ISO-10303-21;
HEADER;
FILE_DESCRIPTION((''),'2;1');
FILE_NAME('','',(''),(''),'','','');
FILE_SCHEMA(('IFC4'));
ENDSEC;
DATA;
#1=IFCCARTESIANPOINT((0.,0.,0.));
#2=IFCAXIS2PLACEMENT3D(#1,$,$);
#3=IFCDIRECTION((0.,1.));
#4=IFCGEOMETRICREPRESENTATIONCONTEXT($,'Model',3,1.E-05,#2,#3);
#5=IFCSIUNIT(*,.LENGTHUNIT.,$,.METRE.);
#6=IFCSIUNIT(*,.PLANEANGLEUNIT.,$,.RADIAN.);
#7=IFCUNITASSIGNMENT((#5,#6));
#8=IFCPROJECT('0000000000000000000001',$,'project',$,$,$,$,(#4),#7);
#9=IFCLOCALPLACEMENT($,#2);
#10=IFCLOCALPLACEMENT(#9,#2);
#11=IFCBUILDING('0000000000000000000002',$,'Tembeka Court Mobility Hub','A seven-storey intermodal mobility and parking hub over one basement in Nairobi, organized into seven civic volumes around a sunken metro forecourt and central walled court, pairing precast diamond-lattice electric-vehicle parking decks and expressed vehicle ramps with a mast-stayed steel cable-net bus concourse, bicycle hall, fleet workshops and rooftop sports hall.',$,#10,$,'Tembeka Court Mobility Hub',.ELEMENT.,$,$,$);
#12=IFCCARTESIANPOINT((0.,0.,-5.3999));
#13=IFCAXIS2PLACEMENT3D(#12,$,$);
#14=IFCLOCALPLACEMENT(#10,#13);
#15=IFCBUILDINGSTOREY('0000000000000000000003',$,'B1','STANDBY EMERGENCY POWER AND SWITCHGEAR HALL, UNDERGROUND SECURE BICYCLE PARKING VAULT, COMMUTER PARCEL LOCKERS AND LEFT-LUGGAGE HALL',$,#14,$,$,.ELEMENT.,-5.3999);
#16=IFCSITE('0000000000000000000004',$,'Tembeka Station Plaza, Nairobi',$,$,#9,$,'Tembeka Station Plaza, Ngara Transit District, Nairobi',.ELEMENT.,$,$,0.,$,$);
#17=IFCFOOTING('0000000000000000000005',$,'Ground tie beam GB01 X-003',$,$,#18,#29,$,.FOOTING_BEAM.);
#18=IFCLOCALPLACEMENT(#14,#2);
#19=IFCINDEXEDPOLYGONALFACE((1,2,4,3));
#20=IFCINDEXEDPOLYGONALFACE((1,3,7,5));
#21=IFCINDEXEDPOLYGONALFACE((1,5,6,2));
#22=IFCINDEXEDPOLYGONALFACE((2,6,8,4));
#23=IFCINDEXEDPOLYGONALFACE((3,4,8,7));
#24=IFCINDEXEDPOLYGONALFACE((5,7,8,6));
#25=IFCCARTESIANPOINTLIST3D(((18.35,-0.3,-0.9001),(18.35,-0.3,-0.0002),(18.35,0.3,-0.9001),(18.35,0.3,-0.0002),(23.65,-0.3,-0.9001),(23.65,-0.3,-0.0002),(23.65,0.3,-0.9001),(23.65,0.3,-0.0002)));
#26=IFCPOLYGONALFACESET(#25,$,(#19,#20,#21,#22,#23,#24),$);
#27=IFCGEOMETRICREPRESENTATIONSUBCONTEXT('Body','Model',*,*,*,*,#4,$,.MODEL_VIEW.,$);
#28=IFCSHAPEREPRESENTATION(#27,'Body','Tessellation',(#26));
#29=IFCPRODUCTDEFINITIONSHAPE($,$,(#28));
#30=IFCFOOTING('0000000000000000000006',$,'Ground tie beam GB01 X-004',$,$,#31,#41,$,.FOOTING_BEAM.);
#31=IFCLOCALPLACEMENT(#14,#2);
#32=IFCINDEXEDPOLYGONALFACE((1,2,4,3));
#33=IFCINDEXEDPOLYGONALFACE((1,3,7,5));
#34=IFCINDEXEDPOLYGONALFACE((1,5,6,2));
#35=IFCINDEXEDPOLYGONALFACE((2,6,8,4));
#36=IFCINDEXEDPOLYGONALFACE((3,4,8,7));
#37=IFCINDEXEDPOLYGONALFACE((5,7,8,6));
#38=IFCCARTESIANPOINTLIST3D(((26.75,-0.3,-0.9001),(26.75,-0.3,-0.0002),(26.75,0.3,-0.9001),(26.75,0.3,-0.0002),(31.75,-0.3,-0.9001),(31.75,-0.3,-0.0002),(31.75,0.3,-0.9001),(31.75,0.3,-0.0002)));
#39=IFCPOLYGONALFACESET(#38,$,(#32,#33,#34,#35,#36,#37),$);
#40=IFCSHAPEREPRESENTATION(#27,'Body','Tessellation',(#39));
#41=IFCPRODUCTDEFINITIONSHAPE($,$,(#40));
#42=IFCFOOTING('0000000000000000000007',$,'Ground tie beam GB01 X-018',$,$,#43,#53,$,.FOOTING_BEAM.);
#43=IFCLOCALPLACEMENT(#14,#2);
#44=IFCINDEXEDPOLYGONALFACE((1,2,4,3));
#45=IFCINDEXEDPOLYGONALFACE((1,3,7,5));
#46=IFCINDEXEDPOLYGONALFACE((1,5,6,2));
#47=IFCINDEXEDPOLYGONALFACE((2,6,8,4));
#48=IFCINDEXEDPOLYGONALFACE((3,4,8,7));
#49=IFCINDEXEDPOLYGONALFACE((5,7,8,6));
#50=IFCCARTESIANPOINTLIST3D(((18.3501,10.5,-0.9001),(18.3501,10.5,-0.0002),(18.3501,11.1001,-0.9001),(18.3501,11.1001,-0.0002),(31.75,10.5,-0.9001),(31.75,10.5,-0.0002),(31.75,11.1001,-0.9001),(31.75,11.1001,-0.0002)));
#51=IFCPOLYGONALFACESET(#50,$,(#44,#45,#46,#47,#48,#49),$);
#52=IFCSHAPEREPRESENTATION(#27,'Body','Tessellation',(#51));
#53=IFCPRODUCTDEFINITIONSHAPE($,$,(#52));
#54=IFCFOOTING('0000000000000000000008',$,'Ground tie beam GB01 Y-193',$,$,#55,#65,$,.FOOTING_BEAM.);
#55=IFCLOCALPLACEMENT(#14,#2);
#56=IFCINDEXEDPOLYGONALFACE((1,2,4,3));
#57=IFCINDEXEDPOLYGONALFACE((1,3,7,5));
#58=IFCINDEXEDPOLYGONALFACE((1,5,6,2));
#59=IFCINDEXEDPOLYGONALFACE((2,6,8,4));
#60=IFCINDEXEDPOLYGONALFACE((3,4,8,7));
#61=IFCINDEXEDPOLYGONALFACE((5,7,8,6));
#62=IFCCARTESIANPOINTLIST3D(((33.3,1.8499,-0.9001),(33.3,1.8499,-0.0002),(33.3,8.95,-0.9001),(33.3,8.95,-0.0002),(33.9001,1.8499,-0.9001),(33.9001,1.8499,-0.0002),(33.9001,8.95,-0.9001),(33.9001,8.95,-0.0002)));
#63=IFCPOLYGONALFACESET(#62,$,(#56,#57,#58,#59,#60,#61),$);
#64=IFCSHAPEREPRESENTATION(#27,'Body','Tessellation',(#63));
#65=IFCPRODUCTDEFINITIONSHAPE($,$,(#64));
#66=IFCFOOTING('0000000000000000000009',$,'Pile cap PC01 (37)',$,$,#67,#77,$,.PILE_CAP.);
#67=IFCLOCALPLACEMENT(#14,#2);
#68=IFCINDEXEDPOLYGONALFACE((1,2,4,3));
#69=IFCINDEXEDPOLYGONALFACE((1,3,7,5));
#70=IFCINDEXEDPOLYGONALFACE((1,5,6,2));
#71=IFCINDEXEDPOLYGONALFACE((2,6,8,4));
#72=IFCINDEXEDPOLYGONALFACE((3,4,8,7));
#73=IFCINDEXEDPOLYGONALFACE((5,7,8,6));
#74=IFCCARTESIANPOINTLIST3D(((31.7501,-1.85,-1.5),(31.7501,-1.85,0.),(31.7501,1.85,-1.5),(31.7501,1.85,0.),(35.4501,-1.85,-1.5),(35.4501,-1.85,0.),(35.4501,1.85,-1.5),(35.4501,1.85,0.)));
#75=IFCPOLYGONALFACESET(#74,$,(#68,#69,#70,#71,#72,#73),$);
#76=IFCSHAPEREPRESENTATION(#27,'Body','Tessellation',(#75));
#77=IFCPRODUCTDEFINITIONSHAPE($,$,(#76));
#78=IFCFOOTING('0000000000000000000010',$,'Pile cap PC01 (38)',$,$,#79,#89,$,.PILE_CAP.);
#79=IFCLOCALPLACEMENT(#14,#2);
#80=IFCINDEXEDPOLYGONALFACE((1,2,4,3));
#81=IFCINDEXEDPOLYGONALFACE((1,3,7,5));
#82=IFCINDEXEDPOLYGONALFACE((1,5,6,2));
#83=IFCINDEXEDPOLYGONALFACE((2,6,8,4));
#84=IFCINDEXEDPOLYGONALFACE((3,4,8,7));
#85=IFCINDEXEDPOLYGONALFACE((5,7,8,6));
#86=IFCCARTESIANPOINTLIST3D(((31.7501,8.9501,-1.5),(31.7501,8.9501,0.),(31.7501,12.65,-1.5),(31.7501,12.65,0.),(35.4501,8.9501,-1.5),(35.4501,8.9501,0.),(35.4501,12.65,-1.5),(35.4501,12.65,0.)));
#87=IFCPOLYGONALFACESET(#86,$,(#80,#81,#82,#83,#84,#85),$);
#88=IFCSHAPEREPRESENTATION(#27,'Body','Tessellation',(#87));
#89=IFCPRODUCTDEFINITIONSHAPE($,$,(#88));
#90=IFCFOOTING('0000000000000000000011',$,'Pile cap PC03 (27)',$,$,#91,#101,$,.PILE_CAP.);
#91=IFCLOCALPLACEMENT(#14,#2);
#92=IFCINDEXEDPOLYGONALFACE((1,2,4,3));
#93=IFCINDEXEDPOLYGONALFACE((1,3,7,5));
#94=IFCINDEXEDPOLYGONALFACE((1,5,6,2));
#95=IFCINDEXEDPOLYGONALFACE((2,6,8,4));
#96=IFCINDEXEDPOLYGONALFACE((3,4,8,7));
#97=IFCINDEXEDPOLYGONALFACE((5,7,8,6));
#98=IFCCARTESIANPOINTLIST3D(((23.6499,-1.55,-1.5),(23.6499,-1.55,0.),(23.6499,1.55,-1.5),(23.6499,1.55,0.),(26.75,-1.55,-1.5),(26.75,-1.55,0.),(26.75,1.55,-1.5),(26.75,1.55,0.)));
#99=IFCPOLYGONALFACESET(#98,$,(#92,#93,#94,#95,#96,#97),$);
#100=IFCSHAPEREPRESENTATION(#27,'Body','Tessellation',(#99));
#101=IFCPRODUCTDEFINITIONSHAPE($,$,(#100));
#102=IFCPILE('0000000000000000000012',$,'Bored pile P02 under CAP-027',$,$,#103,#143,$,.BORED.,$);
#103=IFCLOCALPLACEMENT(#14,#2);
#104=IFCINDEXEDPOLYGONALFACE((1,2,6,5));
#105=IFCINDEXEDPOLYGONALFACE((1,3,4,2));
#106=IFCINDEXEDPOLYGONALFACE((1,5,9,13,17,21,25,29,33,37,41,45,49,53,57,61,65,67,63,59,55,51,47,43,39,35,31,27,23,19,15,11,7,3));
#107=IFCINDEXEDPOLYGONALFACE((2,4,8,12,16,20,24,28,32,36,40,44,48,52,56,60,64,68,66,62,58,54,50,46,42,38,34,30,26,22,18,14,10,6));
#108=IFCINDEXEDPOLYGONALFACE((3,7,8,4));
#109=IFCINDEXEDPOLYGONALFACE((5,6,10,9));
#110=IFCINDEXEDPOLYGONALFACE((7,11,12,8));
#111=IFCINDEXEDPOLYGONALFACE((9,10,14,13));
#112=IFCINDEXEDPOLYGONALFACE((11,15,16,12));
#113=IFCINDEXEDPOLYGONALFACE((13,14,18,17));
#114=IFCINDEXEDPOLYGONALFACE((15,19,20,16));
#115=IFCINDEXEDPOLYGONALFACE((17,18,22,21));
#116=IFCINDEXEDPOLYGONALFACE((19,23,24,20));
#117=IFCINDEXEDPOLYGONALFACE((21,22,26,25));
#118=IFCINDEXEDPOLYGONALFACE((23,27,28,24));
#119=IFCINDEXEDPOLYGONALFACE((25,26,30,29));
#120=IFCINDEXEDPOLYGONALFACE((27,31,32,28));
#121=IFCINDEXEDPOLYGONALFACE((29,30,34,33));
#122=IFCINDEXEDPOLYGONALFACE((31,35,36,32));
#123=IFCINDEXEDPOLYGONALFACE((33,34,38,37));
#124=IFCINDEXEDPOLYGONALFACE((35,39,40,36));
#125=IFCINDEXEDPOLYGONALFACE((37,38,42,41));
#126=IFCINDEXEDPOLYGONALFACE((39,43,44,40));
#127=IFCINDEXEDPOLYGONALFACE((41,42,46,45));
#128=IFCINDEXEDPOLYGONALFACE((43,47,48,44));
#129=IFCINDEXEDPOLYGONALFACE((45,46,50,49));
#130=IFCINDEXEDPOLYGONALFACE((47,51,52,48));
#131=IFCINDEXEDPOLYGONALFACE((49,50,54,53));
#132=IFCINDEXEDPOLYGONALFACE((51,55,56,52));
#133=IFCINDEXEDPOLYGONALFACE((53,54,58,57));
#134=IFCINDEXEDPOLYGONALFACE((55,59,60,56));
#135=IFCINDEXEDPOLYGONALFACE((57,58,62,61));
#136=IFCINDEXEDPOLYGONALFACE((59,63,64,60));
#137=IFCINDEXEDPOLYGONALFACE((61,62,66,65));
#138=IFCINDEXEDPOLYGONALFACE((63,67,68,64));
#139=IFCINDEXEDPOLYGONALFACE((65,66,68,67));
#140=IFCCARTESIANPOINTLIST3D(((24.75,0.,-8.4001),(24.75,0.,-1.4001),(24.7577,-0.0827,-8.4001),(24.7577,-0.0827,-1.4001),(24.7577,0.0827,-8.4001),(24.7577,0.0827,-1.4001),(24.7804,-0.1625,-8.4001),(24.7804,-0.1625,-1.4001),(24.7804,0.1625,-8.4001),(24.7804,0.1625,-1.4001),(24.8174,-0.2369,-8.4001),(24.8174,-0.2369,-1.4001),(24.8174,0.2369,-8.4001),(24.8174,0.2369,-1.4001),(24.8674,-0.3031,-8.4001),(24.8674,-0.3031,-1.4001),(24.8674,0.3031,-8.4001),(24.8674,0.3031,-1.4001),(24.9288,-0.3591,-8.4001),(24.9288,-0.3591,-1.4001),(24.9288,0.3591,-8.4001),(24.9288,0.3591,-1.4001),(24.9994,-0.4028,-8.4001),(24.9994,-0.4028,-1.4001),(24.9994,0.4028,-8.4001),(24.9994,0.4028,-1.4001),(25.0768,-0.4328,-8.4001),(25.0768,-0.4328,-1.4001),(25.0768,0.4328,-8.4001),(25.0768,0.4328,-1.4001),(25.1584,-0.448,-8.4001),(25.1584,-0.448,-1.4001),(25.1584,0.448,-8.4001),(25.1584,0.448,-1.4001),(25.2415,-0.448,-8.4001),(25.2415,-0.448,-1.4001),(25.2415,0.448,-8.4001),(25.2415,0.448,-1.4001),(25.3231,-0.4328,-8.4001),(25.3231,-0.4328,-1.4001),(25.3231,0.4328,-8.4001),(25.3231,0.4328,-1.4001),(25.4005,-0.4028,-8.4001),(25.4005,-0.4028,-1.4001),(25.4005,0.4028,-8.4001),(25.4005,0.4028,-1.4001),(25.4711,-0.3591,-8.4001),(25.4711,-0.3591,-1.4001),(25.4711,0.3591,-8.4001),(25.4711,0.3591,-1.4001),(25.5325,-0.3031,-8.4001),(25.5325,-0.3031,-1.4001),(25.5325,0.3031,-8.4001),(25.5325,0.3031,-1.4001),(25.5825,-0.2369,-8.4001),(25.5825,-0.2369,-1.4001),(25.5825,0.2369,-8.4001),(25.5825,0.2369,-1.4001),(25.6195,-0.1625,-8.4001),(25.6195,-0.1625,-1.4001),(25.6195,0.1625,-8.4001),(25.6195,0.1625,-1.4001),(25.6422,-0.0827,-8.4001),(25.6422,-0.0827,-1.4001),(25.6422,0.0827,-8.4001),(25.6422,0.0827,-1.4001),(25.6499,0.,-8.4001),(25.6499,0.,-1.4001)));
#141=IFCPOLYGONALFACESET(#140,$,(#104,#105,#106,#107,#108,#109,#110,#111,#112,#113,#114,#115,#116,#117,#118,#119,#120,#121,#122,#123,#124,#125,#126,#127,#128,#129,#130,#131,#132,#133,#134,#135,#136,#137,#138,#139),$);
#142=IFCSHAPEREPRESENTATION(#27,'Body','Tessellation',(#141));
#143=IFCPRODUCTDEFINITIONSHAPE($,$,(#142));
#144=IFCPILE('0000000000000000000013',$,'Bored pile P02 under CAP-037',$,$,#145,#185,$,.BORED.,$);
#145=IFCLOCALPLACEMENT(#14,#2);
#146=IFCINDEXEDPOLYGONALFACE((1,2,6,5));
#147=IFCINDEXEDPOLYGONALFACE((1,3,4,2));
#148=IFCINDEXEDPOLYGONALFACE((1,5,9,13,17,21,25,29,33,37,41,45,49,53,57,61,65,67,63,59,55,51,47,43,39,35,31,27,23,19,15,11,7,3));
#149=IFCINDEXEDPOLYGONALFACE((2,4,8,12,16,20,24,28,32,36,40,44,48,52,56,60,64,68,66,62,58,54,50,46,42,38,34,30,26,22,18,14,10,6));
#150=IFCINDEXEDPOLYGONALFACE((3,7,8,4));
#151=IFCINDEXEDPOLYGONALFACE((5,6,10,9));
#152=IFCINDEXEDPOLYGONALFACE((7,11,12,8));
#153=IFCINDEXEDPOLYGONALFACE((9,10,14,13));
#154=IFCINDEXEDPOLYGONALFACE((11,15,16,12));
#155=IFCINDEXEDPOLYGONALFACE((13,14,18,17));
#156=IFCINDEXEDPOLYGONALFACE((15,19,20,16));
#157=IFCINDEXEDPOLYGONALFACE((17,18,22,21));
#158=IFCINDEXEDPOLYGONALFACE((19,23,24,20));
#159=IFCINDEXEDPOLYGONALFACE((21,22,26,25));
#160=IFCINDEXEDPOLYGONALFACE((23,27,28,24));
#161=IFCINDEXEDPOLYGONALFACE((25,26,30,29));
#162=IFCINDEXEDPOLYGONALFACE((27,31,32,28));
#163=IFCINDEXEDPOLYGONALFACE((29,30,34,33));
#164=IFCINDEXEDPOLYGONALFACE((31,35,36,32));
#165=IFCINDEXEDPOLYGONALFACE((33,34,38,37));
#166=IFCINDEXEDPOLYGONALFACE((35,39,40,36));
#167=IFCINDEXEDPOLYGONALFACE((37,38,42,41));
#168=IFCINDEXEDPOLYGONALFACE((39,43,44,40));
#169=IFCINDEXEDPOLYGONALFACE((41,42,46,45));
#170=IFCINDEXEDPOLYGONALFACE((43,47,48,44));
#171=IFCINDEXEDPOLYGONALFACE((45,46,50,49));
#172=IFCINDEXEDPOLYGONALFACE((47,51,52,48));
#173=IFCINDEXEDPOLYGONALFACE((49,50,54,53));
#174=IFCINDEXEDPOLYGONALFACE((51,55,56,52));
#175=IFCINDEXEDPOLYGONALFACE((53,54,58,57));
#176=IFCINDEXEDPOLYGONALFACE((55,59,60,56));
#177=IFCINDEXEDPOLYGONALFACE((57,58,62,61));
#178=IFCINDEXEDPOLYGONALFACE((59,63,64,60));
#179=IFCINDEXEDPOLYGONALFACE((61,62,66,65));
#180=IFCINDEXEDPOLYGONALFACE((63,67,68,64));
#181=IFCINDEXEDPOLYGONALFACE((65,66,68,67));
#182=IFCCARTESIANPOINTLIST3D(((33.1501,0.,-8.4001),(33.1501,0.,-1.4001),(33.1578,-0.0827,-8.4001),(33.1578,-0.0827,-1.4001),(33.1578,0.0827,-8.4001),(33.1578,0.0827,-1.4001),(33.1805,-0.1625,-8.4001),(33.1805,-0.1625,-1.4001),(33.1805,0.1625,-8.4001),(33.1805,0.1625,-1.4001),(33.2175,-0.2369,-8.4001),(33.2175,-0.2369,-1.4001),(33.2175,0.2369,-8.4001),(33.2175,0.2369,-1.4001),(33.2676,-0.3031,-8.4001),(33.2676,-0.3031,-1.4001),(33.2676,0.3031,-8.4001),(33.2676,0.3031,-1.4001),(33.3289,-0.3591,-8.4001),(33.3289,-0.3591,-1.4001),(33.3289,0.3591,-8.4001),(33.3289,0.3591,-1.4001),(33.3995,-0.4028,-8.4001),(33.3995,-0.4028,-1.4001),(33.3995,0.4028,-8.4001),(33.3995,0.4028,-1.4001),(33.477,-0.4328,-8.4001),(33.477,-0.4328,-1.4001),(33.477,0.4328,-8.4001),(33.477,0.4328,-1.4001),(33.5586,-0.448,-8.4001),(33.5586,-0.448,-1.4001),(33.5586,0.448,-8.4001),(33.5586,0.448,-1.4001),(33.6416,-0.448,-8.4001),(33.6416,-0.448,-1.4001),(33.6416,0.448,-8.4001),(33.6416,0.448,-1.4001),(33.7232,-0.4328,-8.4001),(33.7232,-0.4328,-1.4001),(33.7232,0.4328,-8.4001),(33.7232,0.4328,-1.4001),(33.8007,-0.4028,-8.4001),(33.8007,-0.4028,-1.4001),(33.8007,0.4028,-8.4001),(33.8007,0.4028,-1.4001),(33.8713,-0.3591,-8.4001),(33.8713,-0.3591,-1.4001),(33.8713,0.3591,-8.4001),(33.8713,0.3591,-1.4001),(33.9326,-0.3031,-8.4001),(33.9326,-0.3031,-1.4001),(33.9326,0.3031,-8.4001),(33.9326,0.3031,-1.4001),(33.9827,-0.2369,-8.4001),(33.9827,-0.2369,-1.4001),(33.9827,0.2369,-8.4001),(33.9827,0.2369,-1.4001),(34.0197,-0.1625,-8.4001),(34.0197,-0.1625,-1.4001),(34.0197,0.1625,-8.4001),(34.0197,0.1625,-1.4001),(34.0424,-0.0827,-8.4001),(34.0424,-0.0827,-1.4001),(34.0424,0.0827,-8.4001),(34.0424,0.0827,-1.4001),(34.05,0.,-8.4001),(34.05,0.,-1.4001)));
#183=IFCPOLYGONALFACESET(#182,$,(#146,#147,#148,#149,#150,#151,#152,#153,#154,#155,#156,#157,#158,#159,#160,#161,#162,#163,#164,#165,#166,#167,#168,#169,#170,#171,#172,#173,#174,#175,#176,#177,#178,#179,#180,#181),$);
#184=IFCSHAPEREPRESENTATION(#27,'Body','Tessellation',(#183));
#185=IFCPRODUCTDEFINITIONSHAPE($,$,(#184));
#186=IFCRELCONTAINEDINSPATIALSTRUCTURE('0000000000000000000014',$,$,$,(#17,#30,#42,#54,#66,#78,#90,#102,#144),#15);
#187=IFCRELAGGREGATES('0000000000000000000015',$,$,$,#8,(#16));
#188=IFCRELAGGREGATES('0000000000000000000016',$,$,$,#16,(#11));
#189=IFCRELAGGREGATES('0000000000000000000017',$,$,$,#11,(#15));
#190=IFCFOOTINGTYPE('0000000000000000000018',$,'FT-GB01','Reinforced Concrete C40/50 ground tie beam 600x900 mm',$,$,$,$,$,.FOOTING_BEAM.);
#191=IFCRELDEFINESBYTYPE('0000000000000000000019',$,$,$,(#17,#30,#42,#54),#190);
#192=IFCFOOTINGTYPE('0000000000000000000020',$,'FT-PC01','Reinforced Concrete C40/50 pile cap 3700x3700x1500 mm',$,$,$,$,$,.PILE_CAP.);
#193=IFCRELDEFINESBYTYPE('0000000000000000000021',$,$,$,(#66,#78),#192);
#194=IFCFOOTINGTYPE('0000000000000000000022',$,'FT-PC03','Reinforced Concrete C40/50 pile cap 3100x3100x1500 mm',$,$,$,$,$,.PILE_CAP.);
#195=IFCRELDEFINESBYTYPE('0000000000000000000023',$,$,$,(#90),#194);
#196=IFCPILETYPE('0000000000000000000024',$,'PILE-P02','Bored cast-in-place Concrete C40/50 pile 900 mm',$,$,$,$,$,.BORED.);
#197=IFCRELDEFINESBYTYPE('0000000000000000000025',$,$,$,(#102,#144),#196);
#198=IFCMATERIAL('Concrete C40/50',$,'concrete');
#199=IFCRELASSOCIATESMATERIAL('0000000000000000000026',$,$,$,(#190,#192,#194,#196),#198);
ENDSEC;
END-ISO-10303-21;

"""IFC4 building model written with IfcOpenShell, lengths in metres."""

from ifc_helpers import new_model, si_unit, direction, frame, origin, origin_2d, place, context, subcontext, project, spatial, rectangle, circle, extrude, material, material_profile, profile_set, type_object, element, save


model = new_model("IFC4")

# Units and contexts
model_context = context("Model", 3, precision=1e-05, world=origin(), true_north=direction((0.0, 1.0)))
body_context = subcontext(model_context, "Body", "Model", "MODEL_VIEW")
ifc_project = project(units=[si_unit("LENGTHUNIT", "METRE"), si_unit("PLANEANGLEUNIT", "RADIAN")], contexts=[model_context])

# Site, building, storey
site_placement = place(None, origin())
site = spatial("IfcSite", under=ifc_project, at=site_placement, Name="Tembeka Station Plaza, Nairobi", LongName="Tembeka Station Plaza, Ngara Transit District, Nairobi", CompositionType="ELEMENT", RefElevation=0.0)
building_placement = place(site_placement, origin())
building = spatial("IfcBuilding", under=site, at=building_placement, Name="Tembeka Court Mobility Hub", Description="A seven-storey intermodal mobility and parking hub over one basement in Nairobi, organized into seven civic volumes around a sunken metro forecourt and central walled court, pairing precast diamond-lattice electric-vehicle parking decks and expressed vehicle ramps with a mast-stayed steel cable-net bus concourse, bicycle hall, fleet workshops and rooftop sports hall.", LongName="Tembeka Court Mobility Hub", CompositionType="ELEMENT")
storey_placement = place(building_placement, frame((0.0, 0.0, -5.3999)))
storey = spatial("IfcBuildingStorey", under=building, at=storey_placement, Name="B1", Description="STANDBY EMERGENCY POWER AND SWITCHGEAR HALL, UNDERGROUND SECURE BICYCLE PARKING VAULT, COMMUTER PARCEL LOCKERS AND LEFT-LUGGAGE HALL", CompositionType="ELEMENT", Elevation=-5.3999)

# Footings
ifc_material_1 = material(Name="Concrete C40/50", Category="concrete")
footing_type_1 = type_object("IfcFootingType", Name="FT-GB01", Description="Reinforced Concrete C40/50 ground tie beam 600x900 mm", PredefinedType="FOOTING_BEAM", material=ifc_material_1)
footing_1_placement = place(storey_placement, frame((21.0, 0.0, -0.9001), z_axis=(0.0, 0.0, 1.0), x_axis=(1.0, 0.0, 0.0)))
element("IfcFooting", 1, at=footing_1_placement, inside=storey, type_object=footing_type_1, Name="Ground tie beam GB01 X-003", PredefinedType="FOOTING_BEAM", context=body_context, shape_type="SweptSolid", body=[
    extrude(rectangle(XDim=5.3, YDim=0.6001, at=origin_2d()), origin(), (0.0, 0.0, 1.0), 0.8999),
])
footing_2_placement = place(storey_placement, frame((29.25, 0.0, -0.9001), z_axis=(0.0, 0.0, 1.0), x_axis=(1.0, 0.0, 0.0)))
element("IfcFooting", 2, at=footing_2_placement, inside=storey, type_object=footing_type_1, Name="Ground tie beam GB01 X-004", PredefinedType="FOOTING_BEAM", context=body_context, shape_type="SweptSolid", body=[
    extrude(rectangle(XDim=5.0, YDim=0.6001, at=origin_2d()), origin(), (0.0, 0.0, 1.0), 0.8999),
])
footing_3_placement = place(storey_placement, frame((25.05, 10.8, -0.9001), z_axis=(0.0, 0.0, 1.0), x_axis=(1.0, 0.0, 0.0)))
element("IfcFooting", 3, at=footing_3_placement, inside=storey, type_object=footing_type_1, Name="Ground tie beam GB01 X-018", PredefinedType="FOOTING_BEAM", context=body_context, shape_type="SweptSolid", body=[
    extrude(rectangle(XDim=13.3999, YDim=0.6001, at=origin_2d()), origin(), (0.0, 0.0, 1.0), 0.8999),
])
footing_4_placement = place(storey_placement, frame((33.6001, 5.3999, -0.9001), z_axis=(0.0, 0.0, 1.0), x_axis=(0.0, 1.0, 0.0)))
element("IfcFooting", 4, at=footing_4_placement, inside=storey, type_object=footing_type_1, Name="Ground tie beam GB01 Y-193", PredefinedType="FOOTING_BEAM", context=body_context, shape_type="SweptSolid", body=[
    extrude(rectangle(XDim=7.1001, YDim=0.6001, at=origin_2d()), origin(), (0.0, 0.0, 1.0), 0.8999),
])
footing_type_2 = type_object("IfcFootingType", Name="FT-PC01", Description="Reinforced Concrete C40/50 pile cap 3700x3700x1500 mm", PredefinedType="PILE_CAP", material=ifc_material_1)
for number, where, z_axis, x_axis, name in (
    (5, (33.6001, 0.0, -1.5), (0.0, 0.0, 1.0), (1.0, 0.0, 0.0), "Pile cap PC01 (37)"),
    (6, (33.6001, 10.8, -1.5), (0.0, 0.0, 1.0), (1.0, 0.0, 0.0), "Pile cap PC01 (38)"),
):
    element("IfcFooting", number, at=place(storey_placement, frame(where, z_axis=z_axis, x_axis=x_axis)), inside=storey, type_object=footing_type_2, Name=name, PredefinedType="PILE_CAP", context=body_context, shape_type="SweptSolid", body=[
        extrude(rectangle(XDim=3.7, YDim=3.7, at=origin_2d()), origin(), (0.0, 0.0, 1.0), 1.5),
    ])
footing_type_3 = type_object("IfcFootingType", Name="FT-PC03", Description="Reinforced Concrete C40/50 pile cap 3100x3100x1500 mm", PredefinedType="PILE_CAP", material=ifc_material_1)
footing_5_placement = place(storey_placement, frame((25.2, 0.0, -1.5), z_axis=(0.0, 0.0, 1.0), x_axis=(1.0, 0.0, 0.0)))
element("IfcFooting", 7, at=footing_5_placement, inside=storey, type_object=footing_type_3, Name="Pile cap PC03 (27)", PredefinedType="PILE_CAP", context=body_context, shape_type="SweptSolid", body=[
    extrude(rectangle(XDim=3.1001, YDim=3.1001, at=origin_2d()), origin(), (0.0, 0.0, 1.0), 1.5),
])

# Piles
ifc_material_profile_1 = material_profile(ifc_material_1, circle(Radius=0.45, at=origin_2d()), Name="PILE D900")
ifc_profile_set_1 = profile_set([ifc_material_profile_1], Name="Concrete C40/50")
pile_type = type_object("IfcPileType", Name="PILE-P02", Description="Bored cast-in-place Concrete C40/50 pile 900 mm", PredefinedType="BORED", material=ifc_profile_set_1)
for number, where, z_axis, x_axis, name in (
    (8, (25.2, 0.0, -1.4001), (0.0, 0.0, -1.0), (1.0, 0.0, 0.0), "Bored pile P02 under CAP-027"),
    (9, (33.6001, 0.0, -1.4001), (0.0, 0.0, -1.0), (1.0, 0.0, 0.0), "Bored pile P02 under CAP-037"),
):
    element("IfcPile", number, at=place(storey_placement, frame(where, z_axis=z_axis, x_axis=x_axis)), inside=storey, type_object=pile_type, Name=name, PredefinedType="BORED", context=body_context, shape_type="SweptSolid", body=[
        extrude(circle(Radius=0.45, at=origin_2d()), origin(), (0.0, 0.0, 1.0), 7.0),
    ])

save(model, "model.ifc")
